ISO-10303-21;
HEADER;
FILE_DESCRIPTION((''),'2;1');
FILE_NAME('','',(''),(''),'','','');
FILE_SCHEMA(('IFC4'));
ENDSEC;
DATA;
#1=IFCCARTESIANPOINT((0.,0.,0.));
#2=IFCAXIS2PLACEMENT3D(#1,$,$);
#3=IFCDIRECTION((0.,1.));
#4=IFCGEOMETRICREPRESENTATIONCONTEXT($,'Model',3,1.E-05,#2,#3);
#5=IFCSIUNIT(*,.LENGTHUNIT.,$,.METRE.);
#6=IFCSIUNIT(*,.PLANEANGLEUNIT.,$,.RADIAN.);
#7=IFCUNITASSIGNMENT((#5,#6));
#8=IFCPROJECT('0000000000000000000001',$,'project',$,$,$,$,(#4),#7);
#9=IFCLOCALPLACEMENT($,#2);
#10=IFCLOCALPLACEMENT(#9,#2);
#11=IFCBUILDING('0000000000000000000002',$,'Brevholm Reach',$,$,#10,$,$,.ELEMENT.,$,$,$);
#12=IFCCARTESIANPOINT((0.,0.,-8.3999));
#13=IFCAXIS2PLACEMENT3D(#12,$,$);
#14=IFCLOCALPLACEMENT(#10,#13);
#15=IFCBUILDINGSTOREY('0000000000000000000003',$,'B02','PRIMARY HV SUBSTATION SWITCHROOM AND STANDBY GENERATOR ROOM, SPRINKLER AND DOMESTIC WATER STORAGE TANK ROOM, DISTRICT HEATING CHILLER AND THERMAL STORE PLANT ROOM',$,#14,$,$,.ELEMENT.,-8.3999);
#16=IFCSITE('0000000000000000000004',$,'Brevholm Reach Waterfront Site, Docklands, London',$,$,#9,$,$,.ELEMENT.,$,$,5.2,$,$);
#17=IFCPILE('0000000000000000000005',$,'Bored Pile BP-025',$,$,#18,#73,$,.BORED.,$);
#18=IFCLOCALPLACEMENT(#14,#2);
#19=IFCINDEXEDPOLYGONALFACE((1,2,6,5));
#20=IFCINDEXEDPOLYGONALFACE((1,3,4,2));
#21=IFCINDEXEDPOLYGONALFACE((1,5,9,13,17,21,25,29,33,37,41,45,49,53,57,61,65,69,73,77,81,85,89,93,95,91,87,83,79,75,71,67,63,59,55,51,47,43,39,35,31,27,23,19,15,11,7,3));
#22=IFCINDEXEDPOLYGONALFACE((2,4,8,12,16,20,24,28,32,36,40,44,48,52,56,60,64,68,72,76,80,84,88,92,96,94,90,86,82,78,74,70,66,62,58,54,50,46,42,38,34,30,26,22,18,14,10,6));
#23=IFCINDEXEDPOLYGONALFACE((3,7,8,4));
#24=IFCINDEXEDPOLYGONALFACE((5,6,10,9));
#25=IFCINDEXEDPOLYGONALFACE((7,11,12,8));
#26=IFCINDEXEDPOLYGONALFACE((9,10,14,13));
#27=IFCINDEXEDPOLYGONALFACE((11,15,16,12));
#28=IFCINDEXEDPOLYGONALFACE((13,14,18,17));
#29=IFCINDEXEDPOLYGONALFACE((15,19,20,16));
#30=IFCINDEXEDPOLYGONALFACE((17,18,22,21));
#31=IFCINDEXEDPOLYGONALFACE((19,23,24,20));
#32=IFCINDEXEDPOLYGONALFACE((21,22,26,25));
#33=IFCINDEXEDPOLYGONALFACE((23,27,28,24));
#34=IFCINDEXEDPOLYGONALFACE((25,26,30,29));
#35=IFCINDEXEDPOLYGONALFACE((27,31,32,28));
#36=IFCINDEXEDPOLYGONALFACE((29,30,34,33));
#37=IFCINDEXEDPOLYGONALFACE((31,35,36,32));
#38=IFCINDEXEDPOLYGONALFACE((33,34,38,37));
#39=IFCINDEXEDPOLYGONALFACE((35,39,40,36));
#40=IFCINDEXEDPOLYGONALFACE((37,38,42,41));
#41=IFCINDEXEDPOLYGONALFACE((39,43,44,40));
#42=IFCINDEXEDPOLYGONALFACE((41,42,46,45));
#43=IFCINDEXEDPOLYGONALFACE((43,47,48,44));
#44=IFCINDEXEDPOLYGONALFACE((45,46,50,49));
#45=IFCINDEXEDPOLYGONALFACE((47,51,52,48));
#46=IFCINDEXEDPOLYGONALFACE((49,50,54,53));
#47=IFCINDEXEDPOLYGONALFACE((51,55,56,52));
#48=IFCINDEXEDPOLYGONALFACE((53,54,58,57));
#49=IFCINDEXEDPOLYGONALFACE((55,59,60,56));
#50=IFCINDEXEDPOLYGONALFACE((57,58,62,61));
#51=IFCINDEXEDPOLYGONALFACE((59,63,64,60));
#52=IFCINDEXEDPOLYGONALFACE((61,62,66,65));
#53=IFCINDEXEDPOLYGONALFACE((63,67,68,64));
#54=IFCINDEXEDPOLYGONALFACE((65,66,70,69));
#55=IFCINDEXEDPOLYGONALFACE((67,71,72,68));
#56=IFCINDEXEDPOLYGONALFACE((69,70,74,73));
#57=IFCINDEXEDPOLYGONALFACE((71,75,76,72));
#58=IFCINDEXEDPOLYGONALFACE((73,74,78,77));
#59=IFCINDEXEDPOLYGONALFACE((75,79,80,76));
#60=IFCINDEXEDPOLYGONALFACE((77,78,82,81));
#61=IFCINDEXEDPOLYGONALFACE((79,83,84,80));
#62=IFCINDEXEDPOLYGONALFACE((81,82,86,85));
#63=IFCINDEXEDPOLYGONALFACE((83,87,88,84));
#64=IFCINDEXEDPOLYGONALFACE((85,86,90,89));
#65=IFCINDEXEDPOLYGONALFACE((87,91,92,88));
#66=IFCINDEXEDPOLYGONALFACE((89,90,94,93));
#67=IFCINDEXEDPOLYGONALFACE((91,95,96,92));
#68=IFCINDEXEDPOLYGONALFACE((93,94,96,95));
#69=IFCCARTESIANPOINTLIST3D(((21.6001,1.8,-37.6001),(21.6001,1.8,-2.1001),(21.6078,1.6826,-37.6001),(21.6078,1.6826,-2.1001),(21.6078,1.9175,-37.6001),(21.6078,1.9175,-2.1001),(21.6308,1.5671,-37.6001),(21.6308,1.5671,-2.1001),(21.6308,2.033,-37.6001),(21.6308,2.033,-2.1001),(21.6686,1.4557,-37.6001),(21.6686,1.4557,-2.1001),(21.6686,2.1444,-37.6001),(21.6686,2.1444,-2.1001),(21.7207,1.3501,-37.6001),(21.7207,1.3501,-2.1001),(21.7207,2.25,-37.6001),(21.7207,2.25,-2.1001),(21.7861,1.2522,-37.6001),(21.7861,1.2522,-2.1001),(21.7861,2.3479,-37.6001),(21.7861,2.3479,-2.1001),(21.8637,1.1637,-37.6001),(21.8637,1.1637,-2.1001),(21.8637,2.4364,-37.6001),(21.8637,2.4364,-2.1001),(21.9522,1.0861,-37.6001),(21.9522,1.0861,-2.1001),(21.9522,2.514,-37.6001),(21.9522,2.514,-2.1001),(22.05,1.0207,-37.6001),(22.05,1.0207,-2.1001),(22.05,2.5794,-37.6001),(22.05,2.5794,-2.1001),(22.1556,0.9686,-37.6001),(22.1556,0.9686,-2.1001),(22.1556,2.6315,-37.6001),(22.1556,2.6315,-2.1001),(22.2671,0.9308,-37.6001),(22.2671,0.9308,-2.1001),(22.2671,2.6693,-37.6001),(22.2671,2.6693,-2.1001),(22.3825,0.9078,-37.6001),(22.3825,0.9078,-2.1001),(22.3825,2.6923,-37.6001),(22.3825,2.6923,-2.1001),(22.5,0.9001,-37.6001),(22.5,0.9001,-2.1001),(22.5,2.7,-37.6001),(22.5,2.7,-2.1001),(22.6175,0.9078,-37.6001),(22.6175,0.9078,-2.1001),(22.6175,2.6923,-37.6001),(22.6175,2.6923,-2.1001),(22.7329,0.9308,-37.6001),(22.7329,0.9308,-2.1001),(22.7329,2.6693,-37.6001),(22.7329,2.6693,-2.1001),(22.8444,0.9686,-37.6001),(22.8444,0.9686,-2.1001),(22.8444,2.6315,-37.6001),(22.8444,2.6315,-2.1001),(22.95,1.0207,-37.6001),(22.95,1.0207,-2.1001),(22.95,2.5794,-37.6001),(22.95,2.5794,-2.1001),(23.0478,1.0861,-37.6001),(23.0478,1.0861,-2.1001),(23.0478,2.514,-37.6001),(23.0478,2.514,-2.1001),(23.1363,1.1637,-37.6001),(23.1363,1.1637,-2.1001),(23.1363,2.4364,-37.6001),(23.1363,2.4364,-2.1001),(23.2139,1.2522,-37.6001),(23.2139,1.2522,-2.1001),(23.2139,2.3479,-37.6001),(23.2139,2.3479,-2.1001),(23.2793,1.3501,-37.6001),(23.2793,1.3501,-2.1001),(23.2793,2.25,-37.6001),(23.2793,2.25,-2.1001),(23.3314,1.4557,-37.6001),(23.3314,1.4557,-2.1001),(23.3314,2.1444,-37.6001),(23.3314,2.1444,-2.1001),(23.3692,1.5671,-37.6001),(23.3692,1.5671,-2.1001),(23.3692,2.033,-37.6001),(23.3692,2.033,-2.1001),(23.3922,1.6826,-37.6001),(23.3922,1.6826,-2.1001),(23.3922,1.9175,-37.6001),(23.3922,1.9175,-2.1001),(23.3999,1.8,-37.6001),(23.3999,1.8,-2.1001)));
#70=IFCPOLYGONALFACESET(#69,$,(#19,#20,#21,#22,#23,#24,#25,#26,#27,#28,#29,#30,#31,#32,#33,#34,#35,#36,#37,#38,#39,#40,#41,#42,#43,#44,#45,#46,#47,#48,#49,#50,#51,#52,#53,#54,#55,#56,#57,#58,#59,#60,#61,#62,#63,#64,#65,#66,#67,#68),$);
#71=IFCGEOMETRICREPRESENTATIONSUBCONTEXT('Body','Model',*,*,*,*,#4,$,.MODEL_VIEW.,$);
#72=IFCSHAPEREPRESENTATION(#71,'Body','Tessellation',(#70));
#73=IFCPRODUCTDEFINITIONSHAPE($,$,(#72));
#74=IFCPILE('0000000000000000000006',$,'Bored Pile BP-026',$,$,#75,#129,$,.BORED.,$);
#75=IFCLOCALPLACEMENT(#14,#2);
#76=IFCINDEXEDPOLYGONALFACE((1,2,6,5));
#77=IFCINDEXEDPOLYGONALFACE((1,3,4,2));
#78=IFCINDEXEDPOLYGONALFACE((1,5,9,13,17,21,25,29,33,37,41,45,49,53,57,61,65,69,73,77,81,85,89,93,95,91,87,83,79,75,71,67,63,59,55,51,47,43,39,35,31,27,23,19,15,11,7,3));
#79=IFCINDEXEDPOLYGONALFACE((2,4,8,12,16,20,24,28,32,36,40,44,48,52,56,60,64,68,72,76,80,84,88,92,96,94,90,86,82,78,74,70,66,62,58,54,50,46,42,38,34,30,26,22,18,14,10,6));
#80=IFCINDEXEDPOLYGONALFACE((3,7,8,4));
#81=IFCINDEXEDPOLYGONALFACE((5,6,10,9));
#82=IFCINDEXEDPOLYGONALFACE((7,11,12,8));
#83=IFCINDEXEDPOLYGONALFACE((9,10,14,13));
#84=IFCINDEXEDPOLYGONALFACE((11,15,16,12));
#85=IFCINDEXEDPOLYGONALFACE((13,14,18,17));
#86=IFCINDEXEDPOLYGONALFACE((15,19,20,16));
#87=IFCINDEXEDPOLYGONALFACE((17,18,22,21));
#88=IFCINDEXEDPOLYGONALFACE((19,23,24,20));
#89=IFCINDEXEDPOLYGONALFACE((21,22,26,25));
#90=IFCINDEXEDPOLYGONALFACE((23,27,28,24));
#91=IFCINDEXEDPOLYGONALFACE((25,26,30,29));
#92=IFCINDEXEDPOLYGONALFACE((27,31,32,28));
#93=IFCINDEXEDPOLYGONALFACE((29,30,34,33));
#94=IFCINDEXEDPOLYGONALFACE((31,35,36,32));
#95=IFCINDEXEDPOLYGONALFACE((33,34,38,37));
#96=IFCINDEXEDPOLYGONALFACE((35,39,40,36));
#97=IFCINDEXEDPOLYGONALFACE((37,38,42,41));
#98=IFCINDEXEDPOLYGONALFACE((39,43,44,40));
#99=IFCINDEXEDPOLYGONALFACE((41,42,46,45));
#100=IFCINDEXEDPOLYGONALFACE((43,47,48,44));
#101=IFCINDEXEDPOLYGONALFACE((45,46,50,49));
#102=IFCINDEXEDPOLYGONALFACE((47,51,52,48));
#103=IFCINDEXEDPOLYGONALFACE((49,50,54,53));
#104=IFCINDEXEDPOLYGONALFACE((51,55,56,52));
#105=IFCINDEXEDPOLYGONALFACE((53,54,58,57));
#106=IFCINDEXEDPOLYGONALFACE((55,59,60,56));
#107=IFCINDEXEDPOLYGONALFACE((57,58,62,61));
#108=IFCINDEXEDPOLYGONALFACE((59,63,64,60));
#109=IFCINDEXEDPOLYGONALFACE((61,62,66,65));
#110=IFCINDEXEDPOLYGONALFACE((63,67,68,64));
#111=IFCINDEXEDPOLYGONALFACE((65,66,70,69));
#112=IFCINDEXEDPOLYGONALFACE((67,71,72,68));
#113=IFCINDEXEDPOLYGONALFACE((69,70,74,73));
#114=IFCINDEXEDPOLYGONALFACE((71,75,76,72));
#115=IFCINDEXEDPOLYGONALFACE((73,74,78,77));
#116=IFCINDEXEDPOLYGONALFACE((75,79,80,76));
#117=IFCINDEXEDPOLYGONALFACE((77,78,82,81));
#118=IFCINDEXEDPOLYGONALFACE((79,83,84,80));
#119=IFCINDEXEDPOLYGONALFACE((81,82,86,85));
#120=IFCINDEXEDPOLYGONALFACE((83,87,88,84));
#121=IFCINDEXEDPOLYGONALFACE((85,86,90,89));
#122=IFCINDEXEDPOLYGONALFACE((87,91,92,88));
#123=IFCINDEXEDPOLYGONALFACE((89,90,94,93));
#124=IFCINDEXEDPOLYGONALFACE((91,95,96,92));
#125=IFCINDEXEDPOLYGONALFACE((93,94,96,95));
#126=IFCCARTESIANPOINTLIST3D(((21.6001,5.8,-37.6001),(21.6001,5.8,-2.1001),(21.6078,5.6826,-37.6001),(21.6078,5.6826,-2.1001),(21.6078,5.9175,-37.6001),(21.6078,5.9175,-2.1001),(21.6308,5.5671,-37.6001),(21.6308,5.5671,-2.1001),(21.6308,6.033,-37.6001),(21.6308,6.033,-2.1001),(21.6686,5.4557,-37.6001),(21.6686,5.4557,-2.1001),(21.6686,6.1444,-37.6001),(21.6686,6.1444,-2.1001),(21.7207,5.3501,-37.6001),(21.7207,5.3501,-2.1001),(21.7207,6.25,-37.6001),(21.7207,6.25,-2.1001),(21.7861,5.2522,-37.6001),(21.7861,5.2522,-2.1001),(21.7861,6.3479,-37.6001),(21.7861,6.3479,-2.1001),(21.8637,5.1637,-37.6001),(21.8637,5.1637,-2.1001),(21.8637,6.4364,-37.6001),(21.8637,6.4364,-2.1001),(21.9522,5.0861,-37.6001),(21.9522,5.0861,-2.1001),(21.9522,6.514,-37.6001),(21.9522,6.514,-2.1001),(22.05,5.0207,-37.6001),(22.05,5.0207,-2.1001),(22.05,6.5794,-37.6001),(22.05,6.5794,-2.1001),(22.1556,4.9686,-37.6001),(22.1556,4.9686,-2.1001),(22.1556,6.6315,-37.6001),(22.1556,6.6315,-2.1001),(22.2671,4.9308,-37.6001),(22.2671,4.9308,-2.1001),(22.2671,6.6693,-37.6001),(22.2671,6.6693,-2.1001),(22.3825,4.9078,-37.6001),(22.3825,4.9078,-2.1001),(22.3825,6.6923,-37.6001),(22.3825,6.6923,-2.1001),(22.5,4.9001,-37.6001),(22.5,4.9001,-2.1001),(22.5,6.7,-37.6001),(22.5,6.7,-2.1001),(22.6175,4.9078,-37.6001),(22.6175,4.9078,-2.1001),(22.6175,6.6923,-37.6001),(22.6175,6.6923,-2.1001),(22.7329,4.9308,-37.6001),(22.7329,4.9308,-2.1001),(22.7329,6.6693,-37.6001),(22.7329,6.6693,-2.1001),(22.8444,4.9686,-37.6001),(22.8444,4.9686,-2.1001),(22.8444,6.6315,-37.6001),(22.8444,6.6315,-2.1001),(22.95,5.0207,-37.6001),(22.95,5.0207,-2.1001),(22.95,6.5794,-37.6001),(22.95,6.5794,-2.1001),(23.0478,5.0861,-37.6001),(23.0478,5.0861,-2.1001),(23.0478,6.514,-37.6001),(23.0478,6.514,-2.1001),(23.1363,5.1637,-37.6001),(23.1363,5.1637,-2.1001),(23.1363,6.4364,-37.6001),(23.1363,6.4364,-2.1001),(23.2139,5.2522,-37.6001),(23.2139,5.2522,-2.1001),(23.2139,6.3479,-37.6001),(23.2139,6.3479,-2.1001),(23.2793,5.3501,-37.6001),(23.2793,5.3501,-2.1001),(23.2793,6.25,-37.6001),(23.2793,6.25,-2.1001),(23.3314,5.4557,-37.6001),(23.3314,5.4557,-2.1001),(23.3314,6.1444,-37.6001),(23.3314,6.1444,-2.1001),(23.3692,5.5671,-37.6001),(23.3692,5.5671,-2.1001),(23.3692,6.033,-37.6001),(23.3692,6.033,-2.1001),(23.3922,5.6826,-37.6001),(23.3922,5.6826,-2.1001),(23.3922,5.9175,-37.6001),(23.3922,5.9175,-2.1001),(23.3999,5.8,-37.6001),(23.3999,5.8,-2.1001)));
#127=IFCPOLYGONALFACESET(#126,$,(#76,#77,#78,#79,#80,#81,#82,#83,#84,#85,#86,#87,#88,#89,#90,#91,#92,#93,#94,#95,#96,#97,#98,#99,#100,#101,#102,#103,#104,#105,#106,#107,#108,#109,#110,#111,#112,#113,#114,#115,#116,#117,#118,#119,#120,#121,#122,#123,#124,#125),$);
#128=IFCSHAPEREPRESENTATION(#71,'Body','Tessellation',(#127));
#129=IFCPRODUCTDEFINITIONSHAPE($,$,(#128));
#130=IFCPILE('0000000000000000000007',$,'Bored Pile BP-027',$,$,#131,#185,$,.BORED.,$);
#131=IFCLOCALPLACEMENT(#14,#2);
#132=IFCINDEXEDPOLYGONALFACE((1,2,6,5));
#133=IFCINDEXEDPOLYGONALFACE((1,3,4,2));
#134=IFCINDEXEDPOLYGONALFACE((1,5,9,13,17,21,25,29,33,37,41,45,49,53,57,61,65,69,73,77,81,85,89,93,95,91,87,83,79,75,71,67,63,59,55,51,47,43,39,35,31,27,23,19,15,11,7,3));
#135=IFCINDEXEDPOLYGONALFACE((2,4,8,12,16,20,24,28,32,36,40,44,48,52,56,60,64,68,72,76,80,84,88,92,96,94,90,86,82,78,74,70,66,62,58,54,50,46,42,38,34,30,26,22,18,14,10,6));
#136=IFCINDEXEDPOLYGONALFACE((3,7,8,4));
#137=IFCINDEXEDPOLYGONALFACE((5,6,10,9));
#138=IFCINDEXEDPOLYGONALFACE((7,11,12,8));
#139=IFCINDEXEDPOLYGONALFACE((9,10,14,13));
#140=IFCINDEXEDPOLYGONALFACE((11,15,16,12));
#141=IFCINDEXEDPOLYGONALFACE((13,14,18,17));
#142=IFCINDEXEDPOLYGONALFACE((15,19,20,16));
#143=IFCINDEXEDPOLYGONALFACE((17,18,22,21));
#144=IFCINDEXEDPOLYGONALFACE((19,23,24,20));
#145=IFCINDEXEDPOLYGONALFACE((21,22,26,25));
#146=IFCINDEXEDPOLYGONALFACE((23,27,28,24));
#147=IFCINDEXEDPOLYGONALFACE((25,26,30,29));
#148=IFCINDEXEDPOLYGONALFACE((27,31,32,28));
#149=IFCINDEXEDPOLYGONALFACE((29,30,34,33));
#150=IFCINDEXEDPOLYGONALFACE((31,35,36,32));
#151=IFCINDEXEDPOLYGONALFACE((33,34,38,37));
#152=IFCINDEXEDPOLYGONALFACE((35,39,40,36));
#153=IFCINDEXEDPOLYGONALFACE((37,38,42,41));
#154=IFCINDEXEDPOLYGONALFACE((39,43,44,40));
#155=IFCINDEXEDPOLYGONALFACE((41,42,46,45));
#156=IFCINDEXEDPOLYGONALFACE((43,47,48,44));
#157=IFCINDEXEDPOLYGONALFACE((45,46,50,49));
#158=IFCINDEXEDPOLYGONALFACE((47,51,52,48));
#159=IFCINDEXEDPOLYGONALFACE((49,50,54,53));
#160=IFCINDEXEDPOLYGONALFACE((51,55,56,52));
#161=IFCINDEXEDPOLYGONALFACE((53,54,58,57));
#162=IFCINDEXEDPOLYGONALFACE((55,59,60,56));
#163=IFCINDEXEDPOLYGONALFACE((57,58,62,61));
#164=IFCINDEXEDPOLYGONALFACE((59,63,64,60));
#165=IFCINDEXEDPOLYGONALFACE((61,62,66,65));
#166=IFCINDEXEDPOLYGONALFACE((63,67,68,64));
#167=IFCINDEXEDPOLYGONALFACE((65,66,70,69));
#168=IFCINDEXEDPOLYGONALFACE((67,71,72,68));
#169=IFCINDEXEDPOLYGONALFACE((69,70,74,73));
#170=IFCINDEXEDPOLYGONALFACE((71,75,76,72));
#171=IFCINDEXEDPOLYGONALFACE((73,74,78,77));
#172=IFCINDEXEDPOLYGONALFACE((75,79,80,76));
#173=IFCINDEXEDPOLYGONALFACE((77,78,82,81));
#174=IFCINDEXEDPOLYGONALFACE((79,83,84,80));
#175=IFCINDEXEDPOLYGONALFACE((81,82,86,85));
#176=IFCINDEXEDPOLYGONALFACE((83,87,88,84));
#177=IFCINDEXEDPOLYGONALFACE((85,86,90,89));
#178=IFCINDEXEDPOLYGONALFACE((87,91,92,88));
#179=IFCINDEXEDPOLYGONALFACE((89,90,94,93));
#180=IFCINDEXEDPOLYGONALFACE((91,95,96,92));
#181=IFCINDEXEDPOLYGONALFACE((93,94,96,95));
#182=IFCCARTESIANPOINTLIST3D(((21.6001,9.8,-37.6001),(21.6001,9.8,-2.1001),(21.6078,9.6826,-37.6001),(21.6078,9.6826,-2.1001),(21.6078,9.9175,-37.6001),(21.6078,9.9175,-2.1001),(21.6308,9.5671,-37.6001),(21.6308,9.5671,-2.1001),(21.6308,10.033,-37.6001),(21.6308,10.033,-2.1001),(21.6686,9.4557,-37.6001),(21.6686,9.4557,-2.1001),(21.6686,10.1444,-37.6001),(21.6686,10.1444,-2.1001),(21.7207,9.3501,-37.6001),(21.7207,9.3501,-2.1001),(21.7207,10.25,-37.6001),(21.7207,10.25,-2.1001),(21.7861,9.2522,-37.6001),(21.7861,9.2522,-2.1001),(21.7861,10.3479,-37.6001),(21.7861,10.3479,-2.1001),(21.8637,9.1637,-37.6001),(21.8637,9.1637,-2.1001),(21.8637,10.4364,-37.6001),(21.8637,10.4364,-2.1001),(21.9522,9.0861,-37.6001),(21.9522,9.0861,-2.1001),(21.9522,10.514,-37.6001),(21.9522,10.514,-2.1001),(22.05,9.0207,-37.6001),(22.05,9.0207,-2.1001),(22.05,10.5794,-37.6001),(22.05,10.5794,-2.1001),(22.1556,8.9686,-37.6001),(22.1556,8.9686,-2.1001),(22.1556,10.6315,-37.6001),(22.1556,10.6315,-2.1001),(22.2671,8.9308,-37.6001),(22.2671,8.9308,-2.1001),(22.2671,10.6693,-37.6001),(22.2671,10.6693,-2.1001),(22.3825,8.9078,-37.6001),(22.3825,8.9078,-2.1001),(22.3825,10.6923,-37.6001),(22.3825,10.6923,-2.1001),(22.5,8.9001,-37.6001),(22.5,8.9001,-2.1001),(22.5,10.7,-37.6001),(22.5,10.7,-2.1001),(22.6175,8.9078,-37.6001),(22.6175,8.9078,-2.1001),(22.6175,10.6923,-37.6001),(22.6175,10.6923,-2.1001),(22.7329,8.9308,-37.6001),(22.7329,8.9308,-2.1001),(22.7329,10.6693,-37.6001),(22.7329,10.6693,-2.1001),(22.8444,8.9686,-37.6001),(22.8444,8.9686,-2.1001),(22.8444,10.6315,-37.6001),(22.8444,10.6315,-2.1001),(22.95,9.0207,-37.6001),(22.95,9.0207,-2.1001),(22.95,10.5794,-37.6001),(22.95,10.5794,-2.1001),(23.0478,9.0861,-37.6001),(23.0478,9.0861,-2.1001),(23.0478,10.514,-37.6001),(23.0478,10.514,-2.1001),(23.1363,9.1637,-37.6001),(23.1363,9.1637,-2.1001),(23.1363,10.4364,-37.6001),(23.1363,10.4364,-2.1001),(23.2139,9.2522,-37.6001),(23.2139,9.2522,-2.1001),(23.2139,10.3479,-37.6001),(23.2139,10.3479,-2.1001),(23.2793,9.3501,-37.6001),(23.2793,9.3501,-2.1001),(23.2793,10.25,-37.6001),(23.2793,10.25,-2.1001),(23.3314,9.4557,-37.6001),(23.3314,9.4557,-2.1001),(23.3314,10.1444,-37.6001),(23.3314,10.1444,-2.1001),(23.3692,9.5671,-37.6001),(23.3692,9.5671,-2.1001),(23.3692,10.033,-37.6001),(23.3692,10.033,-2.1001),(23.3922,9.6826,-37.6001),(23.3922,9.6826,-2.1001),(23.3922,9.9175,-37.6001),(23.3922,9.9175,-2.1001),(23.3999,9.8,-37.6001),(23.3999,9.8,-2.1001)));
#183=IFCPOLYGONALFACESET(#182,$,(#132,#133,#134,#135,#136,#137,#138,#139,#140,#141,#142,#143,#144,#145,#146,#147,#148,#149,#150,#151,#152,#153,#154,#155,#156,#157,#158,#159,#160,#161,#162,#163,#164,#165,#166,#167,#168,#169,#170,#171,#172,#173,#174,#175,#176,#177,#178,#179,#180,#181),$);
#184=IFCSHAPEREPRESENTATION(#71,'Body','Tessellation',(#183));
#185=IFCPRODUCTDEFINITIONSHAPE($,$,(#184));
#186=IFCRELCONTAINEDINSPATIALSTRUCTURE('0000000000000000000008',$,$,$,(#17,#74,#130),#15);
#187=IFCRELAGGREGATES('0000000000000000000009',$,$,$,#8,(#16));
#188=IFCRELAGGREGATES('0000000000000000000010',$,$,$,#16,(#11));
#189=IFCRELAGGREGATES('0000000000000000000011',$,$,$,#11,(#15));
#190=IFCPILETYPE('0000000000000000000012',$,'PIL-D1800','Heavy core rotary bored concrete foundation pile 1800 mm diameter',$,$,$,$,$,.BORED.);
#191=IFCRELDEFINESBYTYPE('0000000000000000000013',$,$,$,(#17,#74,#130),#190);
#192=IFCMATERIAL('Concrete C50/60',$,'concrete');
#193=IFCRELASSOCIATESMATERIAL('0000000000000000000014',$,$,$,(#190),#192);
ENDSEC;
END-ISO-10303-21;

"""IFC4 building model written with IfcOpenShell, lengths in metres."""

from ifc_helpers import new_model, si_unit, direction, frame, origin, origin_2d, place, context, subcontext, project, spatial, circle, extrude, material, material_profile, profile_set, type_object, element, save


model = new_model("IFC4")

# Units and contexts
model_context = context("Model", 3, precision=1e-05, world=origin(), true_north=direction((0.0, 1.0)))
body_context = subcontext(model_context, "Body", "Model", "MODEL_VIEW")
ifc_project = project(units=[si_unit("LENGTHUNIT", "METRE"), si_unit("PLANEANGLEUNIT", "RADIAN")], contexts=[model_context])

# Site, building, storey
site_placement = place(None, origin())
site = spatial("IfcSite", under=ifc_project, at=site_placement, Name="Brevholm Reach Waterfront Site, Docklands, London", CompositionType="ELEMENT", RefElevation=5.2)
building_placement = place(site_placement, origin())
building = spatial("IfcBuilding", under=site, at=building_placement, Name="Brevholm Reach", CompositionType="ELEMENT")
storey_placement = place(building_placement, frame((0.0, 0.0, -8.3999)))
storey = spatial("IfcBuildingStorey", under=building, at=storey_placement, Name="B02", Description="PRIMARY HV SUBSTATION SWITCHROOM AND STANDBY GENERATOR ROOM, SPRINKLER AND DOMESTIC WATER STORAGE TANK ROOM, DISTRICT HEATING CHILLER AND THERMAL STORE PLANT ROOM", CompositionType="ELEMENT", Elevation=-8.3999)

# Piles
ifc_material_1 = material(Name="Concrete C50/60", Category="concrete")
ifc_material_profile_1 = material_profile(ifc_material_1, circle(Radius=0.8999, at=origin_2d()), Name="PILE D1800")
ifc_profile_set_1 = profile_set([ifc_material_profile_1], Name="Concrete C50/60")
pile_type = type_object("IfcPileType", Name="PIL-D1800", Description="Heavy core rotary bored concrete foundation pile 1800 mm diameter", PredefinedType="BORED", material=ifc_profile_set_1)
for number, where, z_axis, x_axis, name in (
    (1, (22.5, 1.8, -2.1001), (0.0, 0.0, -1.0), (1.0, 0.0, 0.0), "Bored Pile BP-025"),
    (2, (22.5, 5.8, -2.1001), (0.0, 0.0, -1.0), (1.0, 0.0, 0.0), "Bored Pile BP-026"),
    (3, (22.5, 9.8, -2.1001), (0.0, 0.0, -1.0), (1.0, 0.0, 0.0), "Bored Pile BP-027"),
):
    element("IfcPile", number, at=place(storey_placement, frame(where, z_axis=z_axis, x_axis=x_axis)), inside=storey, type_object=pile_type, Name=name, PredefinedType="BORED", context=body_context, shape_type="SweptSolid", body=[
        extrude(circle(Radius=0.8999, at=origin_2d()), origin(), (0.0, 0.0, 1.0), 35.5),
    ])

save(model, "model.ifc")
